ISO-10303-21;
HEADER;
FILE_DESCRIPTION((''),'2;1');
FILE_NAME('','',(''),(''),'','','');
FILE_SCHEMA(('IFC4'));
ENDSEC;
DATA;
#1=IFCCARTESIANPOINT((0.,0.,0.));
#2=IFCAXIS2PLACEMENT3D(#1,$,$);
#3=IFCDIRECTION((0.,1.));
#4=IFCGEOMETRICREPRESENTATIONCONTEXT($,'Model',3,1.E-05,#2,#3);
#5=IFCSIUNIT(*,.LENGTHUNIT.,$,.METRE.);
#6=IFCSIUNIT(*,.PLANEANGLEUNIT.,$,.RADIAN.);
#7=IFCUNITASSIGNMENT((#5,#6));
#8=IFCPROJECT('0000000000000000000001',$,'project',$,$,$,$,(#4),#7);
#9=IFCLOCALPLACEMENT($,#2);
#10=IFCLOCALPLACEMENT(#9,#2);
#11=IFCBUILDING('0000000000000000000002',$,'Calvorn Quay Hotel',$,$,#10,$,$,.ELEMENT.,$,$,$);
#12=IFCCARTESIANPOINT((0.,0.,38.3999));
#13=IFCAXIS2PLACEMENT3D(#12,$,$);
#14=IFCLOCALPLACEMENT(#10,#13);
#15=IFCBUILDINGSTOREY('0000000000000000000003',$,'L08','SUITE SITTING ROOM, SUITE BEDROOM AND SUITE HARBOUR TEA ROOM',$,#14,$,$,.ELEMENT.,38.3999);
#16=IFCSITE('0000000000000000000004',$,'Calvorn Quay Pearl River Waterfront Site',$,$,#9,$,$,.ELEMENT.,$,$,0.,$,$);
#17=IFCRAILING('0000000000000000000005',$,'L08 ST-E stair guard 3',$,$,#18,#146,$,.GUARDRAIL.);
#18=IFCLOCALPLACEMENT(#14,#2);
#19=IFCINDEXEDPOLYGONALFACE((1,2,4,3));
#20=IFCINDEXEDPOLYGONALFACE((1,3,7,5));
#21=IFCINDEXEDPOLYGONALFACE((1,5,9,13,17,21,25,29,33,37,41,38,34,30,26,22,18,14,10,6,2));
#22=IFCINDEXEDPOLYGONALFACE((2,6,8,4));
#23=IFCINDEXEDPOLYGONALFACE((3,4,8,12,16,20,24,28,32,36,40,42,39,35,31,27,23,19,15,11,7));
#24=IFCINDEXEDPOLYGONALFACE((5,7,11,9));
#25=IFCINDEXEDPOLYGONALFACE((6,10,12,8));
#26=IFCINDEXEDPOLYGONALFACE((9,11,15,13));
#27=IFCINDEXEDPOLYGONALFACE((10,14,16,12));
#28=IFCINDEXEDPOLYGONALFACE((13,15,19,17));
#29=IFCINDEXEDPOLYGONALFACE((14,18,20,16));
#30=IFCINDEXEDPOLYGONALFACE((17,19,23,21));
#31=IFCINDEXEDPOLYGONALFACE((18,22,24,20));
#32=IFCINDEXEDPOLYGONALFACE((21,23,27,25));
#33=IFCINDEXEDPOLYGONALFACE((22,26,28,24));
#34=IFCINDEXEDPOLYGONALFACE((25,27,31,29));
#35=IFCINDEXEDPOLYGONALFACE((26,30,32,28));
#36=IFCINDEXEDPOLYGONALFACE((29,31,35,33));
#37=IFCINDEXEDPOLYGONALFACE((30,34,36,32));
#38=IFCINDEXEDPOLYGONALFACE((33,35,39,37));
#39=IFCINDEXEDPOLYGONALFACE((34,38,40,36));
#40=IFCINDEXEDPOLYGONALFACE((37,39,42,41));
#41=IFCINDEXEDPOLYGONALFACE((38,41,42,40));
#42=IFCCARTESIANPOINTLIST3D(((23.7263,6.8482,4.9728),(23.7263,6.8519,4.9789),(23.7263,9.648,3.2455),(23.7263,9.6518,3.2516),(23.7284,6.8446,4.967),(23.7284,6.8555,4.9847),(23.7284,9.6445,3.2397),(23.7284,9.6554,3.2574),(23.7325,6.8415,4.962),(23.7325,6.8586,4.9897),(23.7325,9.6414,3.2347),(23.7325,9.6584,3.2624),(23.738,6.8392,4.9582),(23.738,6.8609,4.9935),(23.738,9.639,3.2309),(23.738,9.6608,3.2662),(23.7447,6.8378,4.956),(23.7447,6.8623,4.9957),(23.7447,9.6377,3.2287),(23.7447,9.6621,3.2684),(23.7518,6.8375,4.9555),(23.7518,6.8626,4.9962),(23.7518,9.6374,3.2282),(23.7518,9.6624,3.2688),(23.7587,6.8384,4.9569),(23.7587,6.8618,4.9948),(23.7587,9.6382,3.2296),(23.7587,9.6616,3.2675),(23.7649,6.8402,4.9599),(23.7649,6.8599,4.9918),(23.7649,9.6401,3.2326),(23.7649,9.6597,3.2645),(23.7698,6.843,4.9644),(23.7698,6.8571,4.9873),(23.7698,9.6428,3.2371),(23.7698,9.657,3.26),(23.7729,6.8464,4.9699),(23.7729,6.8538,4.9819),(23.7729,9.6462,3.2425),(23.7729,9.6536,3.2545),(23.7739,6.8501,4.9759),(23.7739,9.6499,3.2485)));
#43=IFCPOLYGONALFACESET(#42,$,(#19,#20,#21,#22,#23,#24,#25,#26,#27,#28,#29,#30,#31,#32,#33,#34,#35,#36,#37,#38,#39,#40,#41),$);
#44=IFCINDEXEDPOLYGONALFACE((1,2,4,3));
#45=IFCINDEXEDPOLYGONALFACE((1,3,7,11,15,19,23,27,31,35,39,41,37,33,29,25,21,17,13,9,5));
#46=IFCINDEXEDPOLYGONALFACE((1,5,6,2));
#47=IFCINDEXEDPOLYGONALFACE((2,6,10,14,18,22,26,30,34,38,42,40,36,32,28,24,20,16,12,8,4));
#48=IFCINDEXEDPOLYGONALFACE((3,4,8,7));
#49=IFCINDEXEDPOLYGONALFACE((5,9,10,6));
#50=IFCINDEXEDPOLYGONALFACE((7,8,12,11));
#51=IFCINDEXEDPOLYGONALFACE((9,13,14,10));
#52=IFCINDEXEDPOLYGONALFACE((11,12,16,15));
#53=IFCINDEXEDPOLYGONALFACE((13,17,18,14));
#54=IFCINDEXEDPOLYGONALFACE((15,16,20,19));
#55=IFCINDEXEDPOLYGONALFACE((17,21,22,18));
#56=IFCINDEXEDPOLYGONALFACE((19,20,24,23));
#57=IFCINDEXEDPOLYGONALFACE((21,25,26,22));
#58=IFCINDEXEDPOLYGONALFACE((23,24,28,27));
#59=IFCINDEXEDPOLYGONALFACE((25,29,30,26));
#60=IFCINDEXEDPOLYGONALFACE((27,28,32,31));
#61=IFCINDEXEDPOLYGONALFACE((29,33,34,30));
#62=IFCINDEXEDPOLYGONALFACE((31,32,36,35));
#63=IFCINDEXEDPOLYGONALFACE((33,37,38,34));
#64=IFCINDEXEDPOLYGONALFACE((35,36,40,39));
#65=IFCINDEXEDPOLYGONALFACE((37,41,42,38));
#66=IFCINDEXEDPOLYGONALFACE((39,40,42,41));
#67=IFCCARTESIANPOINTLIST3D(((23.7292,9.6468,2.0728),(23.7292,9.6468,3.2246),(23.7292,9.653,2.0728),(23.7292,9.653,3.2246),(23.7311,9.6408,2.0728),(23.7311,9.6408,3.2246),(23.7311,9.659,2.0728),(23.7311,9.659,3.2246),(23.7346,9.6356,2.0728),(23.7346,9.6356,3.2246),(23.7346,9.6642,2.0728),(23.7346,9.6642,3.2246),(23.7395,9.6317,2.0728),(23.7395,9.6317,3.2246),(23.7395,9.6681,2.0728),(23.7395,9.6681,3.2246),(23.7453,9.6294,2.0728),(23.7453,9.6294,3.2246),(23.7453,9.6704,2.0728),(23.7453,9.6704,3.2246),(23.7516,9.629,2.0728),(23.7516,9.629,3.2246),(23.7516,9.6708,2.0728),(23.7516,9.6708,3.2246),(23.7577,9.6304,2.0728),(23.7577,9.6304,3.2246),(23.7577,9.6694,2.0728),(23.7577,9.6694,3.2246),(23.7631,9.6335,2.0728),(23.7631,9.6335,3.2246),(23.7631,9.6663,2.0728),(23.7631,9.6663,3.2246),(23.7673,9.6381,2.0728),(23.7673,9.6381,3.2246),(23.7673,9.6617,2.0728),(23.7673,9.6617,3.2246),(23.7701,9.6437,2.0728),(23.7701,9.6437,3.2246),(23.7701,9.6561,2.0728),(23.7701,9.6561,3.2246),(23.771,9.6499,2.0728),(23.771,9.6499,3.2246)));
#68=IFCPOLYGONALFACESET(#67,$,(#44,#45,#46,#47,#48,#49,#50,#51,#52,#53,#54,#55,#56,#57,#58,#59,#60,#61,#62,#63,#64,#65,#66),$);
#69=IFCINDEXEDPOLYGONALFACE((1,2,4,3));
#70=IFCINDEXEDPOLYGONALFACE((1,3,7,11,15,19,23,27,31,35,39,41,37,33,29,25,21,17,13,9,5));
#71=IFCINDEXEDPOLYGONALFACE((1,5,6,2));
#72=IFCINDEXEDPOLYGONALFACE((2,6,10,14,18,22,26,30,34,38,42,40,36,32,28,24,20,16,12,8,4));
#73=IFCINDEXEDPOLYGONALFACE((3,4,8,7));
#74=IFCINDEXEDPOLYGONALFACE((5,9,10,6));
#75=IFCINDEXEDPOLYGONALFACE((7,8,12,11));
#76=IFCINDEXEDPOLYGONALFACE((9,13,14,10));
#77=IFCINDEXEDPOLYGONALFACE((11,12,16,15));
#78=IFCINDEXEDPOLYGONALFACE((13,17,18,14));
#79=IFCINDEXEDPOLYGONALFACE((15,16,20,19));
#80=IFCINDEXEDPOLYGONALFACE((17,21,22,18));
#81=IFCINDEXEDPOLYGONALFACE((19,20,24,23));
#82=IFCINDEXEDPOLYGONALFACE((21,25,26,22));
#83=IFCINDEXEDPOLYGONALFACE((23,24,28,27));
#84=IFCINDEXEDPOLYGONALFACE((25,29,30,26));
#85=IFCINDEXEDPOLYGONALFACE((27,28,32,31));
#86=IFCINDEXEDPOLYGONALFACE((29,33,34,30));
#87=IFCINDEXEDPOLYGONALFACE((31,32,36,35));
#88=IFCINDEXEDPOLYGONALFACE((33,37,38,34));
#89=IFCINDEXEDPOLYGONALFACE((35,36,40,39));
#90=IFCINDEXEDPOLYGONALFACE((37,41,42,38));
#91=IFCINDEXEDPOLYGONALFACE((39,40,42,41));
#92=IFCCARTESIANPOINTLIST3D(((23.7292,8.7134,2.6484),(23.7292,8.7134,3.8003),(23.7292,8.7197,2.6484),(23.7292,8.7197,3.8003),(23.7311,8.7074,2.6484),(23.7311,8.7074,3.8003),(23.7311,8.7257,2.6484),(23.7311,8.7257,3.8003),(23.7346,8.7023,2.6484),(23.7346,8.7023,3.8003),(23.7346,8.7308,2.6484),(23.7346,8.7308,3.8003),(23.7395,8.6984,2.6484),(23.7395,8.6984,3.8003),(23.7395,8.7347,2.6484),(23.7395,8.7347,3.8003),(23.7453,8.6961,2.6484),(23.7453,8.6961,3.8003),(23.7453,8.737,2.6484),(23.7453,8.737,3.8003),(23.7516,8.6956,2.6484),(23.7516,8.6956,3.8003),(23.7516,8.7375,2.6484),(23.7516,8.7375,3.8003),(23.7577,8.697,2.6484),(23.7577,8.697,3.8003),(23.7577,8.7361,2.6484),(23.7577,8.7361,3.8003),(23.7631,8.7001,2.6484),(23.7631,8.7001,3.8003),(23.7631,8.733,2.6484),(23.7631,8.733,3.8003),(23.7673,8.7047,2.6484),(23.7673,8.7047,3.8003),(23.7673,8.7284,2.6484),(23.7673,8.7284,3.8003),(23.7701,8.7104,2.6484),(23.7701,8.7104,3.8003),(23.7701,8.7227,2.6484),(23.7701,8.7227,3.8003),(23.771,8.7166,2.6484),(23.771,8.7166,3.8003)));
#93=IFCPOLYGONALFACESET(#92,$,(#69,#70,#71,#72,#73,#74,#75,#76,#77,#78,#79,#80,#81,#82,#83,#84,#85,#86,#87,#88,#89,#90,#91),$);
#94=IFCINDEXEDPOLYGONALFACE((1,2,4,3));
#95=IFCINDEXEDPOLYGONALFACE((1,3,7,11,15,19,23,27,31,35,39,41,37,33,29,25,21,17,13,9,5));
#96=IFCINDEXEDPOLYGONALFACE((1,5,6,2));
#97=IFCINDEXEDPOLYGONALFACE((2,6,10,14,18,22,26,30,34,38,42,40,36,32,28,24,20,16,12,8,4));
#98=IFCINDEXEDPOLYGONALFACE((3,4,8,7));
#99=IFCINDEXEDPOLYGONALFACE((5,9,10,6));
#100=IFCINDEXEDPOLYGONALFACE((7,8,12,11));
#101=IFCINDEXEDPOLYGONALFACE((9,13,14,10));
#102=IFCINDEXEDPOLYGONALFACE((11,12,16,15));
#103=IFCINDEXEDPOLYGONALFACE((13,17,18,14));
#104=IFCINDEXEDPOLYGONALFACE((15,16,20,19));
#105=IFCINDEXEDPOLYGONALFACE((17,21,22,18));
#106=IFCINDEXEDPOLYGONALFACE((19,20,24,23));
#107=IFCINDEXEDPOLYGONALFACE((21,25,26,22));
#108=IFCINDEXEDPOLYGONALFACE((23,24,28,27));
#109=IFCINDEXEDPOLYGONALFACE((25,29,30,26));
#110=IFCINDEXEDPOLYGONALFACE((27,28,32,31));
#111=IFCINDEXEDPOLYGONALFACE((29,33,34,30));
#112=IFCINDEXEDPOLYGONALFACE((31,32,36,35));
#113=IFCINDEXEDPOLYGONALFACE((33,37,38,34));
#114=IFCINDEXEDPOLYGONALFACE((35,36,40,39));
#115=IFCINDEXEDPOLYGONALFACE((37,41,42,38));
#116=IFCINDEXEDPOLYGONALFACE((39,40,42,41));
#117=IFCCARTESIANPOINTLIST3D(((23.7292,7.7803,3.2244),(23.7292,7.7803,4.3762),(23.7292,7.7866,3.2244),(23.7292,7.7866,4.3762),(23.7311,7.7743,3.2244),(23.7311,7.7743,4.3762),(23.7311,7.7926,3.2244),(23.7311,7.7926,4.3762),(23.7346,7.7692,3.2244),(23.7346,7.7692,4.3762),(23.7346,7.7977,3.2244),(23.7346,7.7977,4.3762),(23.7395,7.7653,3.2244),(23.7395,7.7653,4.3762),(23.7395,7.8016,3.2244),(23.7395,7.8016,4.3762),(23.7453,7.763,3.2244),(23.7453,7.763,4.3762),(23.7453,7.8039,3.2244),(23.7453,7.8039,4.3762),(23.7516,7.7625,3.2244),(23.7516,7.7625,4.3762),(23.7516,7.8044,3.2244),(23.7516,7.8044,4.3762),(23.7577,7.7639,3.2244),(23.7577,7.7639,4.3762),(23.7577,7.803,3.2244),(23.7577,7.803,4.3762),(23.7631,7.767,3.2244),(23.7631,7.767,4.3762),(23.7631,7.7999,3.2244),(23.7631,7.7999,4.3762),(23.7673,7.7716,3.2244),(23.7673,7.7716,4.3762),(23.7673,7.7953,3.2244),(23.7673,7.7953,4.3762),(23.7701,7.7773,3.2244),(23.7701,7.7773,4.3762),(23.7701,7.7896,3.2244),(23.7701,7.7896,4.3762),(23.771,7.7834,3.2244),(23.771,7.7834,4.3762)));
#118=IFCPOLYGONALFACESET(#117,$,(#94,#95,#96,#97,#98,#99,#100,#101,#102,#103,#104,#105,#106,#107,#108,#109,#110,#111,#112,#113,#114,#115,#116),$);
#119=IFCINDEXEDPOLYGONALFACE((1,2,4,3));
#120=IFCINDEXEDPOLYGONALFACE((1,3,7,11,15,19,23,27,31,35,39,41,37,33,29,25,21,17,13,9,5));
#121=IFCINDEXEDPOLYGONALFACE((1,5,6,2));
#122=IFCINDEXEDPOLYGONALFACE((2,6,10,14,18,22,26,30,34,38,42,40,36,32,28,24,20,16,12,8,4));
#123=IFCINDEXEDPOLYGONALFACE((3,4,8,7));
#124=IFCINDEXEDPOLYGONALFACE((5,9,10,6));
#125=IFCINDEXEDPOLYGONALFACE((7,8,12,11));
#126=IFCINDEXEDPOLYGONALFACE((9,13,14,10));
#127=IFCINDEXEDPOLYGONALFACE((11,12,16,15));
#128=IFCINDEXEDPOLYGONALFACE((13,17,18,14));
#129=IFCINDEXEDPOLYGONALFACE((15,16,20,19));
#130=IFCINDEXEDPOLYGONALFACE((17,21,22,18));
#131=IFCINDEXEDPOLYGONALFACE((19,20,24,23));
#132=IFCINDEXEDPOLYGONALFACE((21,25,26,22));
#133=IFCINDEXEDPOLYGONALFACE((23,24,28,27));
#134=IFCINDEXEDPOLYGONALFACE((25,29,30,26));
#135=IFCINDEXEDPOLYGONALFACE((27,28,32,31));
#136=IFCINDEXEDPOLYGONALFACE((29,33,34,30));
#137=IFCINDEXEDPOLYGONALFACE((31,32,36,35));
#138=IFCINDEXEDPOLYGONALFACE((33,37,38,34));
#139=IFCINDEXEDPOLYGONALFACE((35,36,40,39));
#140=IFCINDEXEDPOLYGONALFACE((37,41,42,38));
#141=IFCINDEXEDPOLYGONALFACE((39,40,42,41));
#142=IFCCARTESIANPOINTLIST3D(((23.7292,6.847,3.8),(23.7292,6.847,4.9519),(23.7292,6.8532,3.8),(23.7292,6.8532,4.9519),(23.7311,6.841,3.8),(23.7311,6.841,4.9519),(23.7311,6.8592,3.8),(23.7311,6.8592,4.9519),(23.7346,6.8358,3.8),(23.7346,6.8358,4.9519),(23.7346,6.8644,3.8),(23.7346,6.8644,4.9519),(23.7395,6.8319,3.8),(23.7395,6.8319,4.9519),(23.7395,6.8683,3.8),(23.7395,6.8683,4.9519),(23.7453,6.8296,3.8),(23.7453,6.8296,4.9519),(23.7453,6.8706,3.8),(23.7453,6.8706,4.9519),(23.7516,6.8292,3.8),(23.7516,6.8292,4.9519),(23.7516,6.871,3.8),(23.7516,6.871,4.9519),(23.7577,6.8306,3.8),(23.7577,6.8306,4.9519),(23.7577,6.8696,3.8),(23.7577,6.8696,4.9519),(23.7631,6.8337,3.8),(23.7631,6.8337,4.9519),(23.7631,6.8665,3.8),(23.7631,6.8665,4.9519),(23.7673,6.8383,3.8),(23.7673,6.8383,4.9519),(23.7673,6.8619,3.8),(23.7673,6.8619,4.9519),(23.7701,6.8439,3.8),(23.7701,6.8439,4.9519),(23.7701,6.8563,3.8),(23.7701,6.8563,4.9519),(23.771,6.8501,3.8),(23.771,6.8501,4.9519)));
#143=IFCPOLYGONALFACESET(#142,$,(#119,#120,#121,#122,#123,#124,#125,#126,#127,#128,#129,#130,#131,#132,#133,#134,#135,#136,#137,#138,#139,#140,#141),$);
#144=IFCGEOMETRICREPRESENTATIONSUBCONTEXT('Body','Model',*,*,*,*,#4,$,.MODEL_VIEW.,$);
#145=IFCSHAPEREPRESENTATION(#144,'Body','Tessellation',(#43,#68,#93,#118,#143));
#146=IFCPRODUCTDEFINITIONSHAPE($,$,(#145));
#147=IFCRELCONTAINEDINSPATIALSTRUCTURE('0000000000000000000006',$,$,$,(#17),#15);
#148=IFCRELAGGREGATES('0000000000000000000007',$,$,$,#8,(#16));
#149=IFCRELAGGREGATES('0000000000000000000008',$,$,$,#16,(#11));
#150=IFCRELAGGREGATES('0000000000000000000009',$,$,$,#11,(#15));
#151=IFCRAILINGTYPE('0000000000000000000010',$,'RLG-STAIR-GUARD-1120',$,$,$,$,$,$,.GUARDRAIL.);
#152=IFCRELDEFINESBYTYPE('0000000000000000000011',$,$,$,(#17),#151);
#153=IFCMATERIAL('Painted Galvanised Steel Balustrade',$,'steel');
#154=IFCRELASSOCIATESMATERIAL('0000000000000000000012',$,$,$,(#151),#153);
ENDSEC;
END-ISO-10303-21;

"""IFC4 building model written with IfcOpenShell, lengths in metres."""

from ifc_helpers import new_model, si_unit, direction, frame, origin, origin_2d, place, context, subcontext, project, spatial, circle, extrude, material, type_object, element, save


model = new_model("IFC4")

# Units and contexts
model_context = context("Model", 3, precision=1e-05, world=origin(), true_north=direction((0.0, 1.0)))
body_context = subcontext(model_context, "Body", "Model", "MODEL_VIEW")
ifc_project = project(units=[si_unit("LENGTHUNIT", "METRE"), si_unit("PLANEANGLEUNIT", "RADIAN")], contexts=[model_context])

# Site, building, storey
site_placement = place(None, origin())
site = spatial("IfcSite", under=ifc_project, at=site_placement, Name="Calvorn Quay Pearl River Waterfront Site", CompositionType="ELEMENT", RefElevation=0.0)
building_placement = place(site_placement, origin())
building = spatial("IfcBuilding", under=site, at=building_placement, Name="Calvorn Quay Hotel", CompositionType="ELEMENT")
storey_placement = place(building_placement, frame((0.0, 0.0, 38.3999)))
storey = spatial("IfcBuildingStorey", under=building, at=storey_placement, Name="L08", Description="SUITE SITTING ROOM, SUITE BEDROOM AND SUITE HARBOUR TEA ROOM", CompositionType="ELEMENT", Elevation=38.3999)

# Railing
ifc_material_1 = material(Name="Painted Galvanised Steel Balustrade", Category="steel")
railing_type_1 = type_object("IfcRailingType", Name="RLG-STAIR-GUARD-1120", PredefinedType="GUARDRAIL", material=ifc_material_1)
railing_1_placement = place(storey_placement, frame((23.75, 9.6499, 2.0728)))
element("IfcRailing", 1, at=railing_1_placement, inside=storey, type_object=railing_type_1, Name="L08 ST-E stair guard 3", PredefinedType="GUARDRAIL", context=body_context, shape_type="SweptSolid", body=[
    extrude(circle(Radius=0.0239, at=origin_2d()), frame((0.0, 0.0, 1.1758), z_axis=(0.0, -0.851069, 0.525054), x_axis=(1.0, 0.0, 0.0)), (0.0, 0.0, 1.0), 3.2898),
    extrude(circle(Radius=0.021, at=origin_2d()), origin(), (0.0, 0.0, 1.0), 1.1519),
    extrude(circle(Radius=0.021, at=origin_2d()), frame((0.0, -0.9333, 0.5757)), (0.0, 0.0, 1.0), 1.1519),
    extrude(circle(Radius=0.021, at=origin_2d()), frame((0.0, -1.8665, 1.1516)), (0.0, 0.0, 1.0), 1.1519),
    extrude(circle(Radius=0.021, at=origin_2d()), frame((0.0, -2.7998, 1.7273)), (0.0, 0.0, 1.0), 1.1519),
])

save(model, "model.ifc")
